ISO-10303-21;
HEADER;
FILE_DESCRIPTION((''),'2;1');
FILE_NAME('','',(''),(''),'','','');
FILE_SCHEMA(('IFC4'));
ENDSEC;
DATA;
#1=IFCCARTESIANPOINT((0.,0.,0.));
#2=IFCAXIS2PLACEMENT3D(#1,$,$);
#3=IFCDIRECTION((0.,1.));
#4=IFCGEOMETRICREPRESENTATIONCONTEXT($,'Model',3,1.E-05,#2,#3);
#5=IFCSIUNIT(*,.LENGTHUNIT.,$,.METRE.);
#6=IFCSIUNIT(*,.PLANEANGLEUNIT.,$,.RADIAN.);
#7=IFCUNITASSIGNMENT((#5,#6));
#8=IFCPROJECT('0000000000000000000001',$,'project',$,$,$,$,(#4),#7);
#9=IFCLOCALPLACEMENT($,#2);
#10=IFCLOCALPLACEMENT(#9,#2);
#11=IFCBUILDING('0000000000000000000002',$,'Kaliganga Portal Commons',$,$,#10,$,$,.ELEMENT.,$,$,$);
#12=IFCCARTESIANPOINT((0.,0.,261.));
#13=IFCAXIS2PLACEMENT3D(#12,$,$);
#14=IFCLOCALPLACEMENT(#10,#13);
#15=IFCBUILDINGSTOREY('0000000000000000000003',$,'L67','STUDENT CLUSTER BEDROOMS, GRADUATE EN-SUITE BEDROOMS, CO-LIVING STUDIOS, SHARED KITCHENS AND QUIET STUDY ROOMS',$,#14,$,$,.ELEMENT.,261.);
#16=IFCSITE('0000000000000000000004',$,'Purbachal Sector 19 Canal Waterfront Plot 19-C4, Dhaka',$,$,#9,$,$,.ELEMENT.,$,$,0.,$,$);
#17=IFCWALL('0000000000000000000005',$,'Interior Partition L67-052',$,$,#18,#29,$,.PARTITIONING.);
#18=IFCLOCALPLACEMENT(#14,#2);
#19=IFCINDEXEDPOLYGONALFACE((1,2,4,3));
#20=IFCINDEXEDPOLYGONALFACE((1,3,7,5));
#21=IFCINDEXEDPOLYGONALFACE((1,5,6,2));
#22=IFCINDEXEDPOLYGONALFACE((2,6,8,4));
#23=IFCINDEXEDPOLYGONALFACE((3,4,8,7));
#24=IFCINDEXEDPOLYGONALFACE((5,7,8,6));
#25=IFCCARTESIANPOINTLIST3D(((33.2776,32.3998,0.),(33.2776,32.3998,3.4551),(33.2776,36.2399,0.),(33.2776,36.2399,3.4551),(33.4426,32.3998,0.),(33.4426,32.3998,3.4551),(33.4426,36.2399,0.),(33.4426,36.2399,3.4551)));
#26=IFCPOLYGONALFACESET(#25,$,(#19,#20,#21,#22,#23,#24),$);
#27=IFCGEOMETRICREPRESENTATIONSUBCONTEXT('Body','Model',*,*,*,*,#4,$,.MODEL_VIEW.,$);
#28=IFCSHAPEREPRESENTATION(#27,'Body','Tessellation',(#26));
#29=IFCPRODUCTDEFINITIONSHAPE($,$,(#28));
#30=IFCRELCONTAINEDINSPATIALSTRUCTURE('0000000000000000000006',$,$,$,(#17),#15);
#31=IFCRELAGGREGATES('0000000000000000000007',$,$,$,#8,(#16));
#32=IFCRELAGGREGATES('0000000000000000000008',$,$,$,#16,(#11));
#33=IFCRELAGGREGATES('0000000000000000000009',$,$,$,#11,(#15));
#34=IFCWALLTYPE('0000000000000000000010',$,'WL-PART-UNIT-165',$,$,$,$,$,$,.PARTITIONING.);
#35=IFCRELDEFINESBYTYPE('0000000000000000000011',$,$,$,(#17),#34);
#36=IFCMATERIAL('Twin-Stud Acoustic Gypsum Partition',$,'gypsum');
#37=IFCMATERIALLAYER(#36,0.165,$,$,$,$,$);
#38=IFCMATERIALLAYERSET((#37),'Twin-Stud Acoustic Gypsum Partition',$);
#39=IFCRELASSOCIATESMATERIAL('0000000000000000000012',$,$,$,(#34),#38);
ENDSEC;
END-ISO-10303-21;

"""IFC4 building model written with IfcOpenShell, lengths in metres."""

from ifc_helpers import new_model, si_unit, direction, frame, frame_2d, origin, place, context, subcontext, project, spatial, rectangle, extrude, material, layer, layer_set, type_object, element, save


model = new_model("IFC4")

# Units and contexts
model_context = context("Model", 3, precision=1e-05, world=origin(), true_north=direction((0.0, 1.0)))
body_context = subcontext(model_context, "Body", "Model", "MODEL_VIEW")
ifc_project = project(units=[si_unit("LENGTHUNIT", "METRE"), si_unit("PLANEANGLEUNIT", "RADIAN")], contexts=[model_context])

# Site, building, storey
site_placement = place(None, origin())
site = spatial("IfcSite", under=ifc_project, at=site_placement, Name="Purbachal Sector 19 Canal Waterfront Plot 19-C4, Dhaka", CompositionType="ELEMENT", RefElevation=0.0)
building_placement = place(site_placement, origin())
building = spatial("IfcBuilding", under=site, at=building_placement, Name="Kaliganga Portal Commons", CompositionType="ELEMENT")
storey_placement = place(building_placement, frame((0.0, 0.0, 261.0)))
storey = spatial("IfcBuildingStorey", under=building, at=storey_placement, Name="L67", Description="STUDENT CLUSTER BEDROOMS, GRADUATE EN-SUITE BEDROOMS, CO-LIVING STUDIOS, SHARED KITCHENS AND QUIET STUDY ROOMS", CompositionType="ELEMENT", Elevation=261.0)

# Wall
ifc_material_1 = material(Name="Twin-Stud Acoustic Gypsum Partition", Category="gypsum")
ifc_layer_1 = layer(ifc_material_1, 0.165)
ifc_layer_set_1 = layer_set([ifc_layer_1], Name="Twin-Stud Acoustic Gypsum Partition")
wall_type_1 = type_object("IfcWallType", Name="WL-PART-UNIT-165", PredefinedType="PARTITIONING", material=ifc_layer_set_1)
wall_1_placement = place(storey_placement, frame((33.3601, 32.3999, 0.0), z_axis=(0.0, 0.0, 1.0), x_axis=(0.0, 1.0, 0.0)))
element("IfcWall", 1, at=wall_1_placement, inside=storey, type_object=wall_type_1, Name="Interior Partition L67-052", PredefinedType="PARTITIONING", context=body_context, shape_type="SweptSolid", body=[
    extrude(rectangle(XDim=3.8401, YDim=0.165, at=frame_2d((1.9199, 0.0))), origin(), (0.0, 0.0, 1.0), 3.4551),
])

save(model, "model.ifc")
